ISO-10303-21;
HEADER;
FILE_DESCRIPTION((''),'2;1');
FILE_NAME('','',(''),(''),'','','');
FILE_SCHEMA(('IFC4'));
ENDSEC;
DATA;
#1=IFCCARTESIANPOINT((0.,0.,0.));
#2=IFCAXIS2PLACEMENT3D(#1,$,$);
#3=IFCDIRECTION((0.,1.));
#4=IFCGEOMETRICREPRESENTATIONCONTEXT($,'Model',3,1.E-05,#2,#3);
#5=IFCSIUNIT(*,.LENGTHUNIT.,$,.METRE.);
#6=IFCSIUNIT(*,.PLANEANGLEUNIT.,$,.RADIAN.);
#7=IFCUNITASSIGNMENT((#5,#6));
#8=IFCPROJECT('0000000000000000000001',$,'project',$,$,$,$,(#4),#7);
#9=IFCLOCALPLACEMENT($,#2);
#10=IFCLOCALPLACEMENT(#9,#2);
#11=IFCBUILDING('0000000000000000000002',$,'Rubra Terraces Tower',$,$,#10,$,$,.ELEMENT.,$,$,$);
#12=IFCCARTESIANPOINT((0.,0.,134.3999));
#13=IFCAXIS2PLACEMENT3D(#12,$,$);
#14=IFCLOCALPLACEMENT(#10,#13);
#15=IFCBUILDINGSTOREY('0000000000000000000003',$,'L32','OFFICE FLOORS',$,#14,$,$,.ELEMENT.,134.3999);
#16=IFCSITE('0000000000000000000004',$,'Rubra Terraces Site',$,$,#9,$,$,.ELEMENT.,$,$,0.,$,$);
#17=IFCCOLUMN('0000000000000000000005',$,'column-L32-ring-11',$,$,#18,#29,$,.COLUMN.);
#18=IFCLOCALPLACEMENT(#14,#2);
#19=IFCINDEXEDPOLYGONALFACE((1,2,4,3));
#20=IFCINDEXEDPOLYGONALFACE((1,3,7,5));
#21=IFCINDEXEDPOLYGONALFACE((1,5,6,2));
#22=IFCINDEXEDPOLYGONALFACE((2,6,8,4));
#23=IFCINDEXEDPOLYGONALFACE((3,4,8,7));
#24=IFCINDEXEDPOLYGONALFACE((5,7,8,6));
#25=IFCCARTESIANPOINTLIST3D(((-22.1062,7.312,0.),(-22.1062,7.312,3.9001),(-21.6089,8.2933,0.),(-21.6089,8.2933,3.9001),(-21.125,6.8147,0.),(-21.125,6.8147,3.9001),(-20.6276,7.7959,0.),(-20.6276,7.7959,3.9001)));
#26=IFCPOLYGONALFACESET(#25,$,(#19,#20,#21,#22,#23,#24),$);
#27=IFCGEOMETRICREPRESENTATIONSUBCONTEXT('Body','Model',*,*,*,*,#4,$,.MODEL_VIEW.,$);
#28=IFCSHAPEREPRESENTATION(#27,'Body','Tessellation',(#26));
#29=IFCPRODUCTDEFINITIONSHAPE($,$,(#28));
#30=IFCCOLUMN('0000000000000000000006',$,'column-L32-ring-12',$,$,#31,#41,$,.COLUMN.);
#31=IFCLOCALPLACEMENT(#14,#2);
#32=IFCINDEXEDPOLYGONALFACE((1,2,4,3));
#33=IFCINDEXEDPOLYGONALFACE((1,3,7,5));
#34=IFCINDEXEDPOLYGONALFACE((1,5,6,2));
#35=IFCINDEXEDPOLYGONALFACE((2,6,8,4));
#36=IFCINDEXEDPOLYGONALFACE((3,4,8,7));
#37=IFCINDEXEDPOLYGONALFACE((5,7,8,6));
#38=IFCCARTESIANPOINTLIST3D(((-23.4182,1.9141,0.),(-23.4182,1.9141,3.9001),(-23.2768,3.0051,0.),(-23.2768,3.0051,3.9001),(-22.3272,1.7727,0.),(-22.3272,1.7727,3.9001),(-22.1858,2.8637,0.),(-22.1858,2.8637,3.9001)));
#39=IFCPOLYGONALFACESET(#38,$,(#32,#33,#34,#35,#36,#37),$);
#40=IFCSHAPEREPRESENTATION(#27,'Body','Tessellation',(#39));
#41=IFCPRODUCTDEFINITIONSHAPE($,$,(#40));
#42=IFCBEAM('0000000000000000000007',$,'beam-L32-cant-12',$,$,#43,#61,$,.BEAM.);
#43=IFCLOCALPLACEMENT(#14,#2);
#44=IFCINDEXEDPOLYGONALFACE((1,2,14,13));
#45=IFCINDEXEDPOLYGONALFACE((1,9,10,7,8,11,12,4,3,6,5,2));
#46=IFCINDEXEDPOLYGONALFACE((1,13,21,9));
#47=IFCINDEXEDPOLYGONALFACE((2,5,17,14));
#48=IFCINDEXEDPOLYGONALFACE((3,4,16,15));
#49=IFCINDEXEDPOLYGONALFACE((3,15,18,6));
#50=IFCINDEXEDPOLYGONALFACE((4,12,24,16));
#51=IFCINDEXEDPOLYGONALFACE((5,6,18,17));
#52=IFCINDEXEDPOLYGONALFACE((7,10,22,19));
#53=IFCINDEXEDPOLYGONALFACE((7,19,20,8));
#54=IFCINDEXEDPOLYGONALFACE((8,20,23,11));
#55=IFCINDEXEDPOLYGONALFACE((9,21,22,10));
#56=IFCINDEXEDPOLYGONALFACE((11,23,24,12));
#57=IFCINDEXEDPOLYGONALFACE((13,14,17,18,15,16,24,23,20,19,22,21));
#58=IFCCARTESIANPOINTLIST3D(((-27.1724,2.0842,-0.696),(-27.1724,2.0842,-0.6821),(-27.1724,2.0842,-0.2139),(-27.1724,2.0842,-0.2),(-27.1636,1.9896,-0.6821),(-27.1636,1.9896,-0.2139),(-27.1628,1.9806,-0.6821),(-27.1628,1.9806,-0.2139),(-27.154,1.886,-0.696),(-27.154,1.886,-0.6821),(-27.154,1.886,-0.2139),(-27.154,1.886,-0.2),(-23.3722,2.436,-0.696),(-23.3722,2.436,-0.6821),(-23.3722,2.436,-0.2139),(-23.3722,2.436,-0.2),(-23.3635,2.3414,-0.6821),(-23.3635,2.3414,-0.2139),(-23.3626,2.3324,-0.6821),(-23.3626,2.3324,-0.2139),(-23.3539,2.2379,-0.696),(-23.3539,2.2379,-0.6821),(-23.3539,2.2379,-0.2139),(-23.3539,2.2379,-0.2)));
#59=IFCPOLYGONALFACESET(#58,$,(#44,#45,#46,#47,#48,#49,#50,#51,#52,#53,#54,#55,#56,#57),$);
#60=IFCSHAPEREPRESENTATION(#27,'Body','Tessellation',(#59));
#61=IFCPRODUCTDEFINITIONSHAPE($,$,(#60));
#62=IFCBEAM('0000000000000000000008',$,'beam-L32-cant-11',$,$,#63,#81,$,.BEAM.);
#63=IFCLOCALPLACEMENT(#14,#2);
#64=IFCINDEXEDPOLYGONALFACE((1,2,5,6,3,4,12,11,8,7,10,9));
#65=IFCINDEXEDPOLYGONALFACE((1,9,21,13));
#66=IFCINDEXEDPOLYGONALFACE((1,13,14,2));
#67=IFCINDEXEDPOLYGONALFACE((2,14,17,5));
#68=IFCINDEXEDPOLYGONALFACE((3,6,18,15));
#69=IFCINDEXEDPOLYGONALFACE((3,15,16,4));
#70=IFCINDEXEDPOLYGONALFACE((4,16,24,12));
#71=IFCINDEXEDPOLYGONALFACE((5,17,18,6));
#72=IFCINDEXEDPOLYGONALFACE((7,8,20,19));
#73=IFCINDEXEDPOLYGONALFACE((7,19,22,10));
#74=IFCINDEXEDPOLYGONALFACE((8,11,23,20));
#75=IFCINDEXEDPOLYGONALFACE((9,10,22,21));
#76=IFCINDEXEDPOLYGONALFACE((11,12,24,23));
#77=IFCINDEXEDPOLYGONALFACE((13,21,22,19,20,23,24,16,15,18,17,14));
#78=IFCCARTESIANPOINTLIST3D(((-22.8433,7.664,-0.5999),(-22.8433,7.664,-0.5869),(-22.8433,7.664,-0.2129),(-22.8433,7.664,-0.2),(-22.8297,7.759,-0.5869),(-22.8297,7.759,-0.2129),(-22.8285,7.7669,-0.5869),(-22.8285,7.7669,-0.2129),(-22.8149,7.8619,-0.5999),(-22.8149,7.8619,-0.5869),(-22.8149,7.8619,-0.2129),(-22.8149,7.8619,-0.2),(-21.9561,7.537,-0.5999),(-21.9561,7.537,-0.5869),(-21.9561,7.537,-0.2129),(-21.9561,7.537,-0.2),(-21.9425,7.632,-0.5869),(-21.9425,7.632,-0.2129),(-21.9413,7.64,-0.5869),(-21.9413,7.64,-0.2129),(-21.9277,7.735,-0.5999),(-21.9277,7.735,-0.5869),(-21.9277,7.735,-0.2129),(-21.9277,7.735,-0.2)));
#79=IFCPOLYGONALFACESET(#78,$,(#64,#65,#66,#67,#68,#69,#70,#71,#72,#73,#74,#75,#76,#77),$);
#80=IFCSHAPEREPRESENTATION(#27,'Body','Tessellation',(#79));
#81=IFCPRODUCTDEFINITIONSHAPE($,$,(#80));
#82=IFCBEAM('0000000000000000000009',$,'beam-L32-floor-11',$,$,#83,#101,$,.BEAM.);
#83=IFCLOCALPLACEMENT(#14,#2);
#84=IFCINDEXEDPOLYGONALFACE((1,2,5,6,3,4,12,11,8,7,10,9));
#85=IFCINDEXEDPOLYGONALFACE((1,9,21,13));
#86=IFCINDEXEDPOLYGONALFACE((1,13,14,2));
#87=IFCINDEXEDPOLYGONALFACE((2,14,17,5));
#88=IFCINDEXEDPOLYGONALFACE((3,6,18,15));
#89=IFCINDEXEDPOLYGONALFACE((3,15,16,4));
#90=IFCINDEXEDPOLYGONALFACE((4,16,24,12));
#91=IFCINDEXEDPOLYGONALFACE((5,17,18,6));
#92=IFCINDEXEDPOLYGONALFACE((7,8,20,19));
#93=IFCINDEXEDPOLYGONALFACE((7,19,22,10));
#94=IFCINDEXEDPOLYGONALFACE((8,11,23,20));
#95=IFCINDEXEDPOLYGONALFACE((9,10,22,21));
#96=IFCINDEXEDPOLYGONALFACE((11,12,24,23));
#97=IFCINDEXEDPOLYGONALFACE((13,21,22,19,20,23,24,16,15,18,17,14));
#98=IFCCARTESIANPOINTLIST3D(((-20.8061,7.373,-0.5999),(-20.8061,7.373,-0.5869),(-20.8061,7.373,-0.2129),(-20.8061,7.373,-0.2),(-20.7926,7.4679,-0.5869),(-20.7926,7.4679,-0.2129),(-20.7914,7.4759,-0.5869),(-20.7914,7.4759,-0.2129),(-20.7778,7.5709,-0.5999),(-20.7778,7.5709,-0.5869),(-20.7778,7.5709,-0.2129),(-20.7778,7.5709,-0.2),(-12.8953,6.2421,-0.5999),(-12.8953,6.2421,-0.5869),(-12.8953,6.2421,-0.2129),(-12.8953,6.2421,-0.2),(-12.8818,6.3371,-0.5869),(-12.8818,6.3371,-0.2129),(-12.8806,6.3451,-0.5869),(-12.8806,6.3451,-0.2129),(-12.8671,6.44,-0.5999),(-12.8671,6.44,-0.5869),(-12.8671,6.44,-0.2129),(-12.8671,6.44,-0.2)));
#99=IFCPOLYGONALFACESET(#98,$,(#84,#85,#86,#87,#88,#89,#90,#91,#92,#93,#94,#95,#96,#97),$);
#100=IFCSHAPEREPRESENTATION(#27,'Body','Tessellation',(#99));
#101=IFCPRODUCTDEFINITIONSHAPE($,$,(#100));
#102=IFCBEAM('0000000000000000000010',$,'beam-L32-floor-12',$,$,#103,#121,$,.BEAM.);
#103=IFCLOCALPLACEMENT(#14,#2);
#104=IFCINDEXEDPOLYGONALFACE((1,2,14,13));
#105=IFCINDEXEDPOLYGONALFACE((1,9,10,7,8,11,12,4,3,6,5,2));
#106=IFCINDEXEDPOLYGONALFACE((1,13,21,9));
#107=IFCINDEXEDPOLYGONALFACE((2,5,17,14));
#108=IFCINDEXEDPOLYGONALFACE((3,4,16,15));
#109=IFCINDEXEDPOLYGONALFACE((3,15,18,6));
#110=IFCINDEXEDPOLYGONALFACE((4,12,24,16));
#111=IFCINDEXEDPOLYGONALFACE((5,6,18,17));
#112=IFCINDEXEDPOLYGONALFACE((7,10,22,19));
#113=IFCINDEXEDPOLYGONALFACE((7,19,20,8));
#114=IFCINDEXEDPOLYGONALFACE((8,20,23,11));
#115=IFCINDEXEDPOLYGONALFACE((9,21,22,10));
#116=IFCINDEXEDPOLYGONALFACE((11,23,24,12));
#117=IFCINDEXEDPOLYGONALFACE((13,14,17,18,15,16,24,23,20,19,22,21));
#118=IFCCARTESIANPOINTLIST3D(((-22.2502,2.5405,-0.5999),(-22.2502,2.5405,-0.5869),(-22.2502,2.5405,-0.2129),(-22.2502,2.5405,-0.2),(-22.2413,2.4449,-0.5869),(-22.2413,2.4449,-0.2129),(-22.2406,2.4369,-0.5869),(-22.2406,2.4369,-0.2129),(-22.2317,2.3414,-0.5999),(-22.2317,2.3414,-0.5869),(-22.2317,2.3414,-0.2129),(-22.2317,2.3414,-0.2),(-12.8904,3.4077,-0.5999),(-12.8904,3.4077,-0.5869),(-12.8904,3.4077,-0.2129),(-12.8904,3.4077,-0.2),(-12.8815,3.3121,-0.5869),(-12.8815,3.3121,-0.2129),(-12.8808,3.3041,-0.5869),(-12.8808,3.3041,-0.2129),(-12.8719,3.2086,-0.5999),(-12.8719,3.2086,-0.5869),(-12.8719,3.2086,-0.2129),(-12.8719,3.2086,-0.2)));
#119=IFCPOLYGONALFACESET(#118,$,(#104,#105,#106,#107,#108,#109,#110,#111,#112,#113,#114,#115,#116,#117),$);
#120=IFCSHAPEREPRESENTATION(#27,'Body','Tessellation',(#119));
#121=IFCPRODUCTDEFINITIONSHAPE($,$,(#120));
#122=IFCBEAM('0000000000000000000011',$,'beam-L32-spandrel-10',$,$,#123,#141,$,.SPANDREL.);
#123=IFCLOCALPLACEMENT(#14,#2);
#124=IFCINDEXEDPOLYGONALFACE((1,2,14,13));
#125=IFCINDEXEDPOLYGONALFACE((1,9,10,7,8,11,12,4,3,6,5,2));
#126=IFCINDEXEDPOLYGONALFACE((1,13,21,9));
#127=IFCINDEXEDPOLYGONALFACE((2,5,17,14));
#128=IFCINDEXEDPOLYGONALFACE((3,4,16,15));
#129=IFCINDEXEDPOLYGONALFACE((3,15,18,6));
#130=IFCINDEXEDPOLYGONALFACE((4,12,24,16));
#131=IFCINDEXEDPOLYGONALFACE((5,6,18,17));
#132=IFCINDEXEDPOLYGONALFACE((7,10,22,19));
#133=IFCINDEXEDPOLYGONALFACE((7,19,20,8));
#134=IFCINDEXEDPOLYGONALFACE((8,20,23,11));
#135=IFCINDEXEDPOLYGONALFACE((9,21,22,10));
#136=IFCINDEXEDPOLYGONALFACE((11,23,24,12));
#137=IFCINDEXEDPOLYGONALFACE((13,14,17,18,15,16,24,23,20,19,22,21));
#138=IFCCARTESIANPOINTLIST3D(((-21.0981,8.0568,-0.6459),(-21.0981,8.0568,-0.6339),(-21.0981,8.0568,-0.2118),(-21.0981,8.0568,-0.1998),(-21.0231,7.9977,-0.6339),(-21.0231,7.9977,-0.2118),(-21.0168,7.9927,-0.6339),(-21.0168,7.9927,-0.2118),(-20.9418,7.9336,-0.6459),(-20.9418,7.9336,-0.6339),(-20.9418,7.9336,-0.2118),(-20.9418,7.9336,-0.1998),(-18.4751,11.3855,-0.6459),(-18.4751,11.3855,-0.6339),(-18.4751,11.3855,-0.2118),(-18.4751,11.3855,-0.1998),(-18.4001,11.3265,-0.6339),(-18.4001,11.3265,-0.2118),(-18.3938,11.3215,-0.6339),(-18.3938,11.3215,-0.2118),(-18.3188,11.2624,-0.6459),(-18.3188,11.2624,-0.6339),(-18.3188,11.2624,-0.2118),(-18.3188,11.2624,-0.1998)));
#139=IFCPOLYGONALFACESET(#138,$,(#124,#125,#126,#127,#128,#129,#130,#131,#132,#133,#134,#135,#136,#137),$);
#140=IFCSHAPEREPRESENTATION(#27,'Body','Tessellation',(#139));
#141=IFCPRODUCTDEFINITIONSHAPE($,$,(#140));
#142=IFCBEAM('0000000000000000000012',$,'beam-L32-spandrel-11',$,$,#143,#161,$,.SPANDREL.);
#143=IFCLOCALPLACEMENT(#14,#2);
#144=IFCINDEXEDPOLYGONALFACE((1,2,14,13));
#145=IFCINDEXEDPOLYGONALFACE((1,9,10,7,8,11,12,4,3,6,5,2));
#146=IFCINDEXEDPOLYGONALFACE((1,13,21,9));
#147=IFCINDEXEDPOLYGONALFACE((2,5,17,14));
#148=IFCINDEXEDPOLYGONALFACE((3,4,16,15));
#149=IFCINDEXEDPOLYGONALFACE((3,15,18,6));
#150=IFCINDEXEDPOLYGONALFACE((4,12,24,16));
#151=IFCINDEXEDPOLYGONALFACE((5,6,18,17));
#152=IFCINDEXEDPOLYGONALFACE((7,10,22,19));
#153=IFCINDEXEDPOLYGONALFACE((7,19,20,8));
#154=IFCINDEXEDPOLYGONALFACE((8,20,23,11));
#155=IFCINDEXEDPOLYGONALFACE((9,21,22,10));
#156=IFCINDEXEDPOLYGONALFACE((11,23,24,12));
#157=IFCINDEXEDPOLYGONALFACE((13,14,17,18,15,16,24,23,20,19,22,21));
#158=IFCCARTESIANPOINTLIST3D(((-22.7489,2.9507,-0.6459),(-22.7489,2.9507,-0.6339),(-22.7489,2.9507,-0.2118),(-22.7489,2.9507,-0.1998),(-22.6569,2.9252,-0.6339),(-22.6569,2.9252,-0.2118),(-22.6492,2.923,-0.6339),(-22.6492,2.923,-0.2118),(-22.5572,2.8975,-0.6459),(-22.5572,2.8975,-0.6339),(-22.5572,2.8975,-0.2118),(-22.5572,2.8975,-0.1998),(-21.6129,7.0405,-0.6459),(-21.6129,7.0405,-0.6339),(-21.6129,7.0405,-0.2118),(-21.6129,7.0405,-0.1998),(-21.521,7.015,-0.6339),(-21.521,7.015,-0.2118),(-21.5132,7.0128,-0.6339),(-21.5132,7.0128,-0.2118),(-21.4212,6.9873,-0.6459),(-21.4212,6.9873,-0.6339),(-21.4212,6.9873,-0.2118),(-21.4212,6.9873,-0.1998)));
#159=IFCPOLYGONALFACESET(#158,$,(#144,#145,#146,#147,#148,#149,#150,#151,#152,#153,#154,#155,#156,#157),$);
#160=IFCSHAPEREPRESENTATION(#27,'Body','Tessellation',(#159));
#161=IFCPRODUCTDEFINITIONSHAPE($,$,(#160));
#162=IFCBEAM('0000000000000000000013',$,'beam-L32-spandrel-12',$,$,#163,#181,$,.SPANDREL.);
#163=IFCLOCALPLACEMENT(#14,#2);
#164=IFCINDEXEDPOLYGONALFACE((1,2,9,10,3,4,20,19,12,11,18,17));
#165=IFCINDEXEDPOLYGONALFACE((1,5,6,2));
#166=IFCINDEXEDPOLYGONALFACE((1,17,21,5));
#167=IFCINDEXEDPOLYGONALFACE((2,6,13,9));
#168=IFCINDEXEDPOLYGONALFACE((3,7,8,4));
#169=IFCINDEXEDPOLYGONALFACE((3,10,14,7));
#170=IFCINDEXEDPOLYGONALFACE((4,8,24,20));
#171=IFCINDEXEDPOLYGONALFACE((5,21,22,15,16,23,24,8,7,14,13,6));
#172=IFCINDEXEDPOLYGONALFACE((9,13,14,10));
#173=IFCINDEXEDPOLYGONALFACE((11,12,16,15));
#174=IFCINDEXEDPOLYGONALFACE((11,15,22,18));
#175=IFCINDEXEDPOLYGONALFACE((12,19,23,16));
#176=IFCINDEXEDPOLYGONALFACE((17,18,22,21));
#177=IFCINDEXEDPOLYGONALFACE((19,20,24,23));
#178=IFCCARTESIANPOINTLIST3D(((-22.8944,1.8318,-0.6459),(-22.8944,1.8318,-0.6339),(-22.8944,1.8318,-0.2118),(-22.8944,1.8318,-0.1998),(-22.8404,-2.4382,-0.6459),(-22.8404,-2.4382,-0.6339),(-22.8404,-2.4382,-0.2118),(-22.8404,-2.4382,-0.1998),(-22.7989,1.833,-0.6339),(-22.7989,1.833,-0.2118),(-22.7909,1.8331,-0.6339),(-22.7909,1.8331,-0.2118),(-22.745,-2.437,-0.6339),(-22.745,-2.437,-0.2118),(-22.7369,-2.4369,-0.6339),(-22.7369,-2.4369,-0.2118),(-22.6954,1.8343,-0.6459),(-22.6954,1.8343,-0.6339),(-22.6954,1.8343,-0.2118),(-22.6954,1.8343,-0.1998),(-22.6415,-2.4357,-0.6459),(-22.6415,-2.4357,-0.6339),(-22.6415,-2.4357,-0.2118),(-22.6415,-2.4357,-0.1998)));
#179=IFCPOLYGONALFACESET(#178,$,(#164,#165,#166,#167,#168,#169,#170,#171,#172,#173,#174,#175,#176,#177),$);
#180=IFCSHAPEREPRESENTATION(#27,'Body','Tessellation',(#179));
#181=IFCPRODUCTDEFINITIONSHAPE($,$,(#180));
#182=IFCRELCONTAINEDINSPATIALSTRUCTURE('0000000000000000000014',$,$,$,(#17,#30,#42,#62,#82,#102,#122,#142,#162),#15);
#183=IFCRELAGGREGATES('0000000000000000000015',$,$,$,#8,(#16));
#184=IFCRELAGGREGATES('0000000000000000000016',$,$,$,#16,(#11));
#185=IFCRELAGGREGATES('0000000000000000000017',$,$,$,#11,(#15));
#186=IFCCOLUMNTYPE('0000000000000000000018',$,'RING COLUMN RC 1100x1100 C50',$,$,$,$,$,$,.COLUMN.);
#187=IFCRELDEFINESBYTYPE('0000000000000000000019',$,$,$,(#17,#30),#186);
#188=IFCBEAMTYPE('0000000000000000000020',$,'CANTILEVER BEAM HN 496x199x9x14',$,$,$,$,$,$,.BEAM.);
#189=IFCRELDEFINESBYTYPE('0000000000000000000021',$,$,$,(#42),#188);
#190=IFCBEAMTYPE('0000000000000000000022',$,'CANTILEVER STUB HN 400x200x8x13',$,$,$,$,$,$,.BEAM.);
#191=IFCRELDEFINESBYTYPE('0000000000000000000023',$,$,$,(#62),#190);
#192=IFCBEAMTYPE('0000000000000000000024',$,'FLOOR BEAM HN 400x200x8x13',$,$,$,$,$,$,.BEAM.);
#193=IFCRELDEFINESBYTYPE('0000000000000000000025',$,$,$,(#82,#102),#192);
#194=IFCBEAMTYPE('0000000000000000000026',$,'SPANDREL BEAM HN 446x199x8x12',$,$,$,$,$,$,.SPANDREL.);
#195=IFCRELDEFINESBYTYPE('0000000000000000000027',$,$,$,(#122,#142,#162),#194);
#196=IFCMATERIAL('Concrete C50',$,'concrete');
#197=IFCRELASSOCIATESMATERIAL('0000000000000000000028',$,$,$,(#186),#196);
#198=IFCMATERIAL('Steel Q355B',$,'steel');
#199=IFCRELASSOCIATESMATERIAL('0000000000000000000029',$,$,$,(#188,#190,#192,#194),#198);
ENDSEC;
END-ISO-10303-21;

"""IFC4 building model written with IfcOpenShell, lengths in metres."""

from ifc_helpers import new_model, si_unit, direction, frame, origin, origin_2d, place, context, subcontext, project, spatial, rectangle, i_section, extrude, material, material_profile, profile_set, type_object, element, save


model = new_model("IFC4")

# Units and contexts
model_context = context("Model", 3, precision=1e-05, world=origin(), true_north=direction((0.0, 1.0)))
body_context = subcontext(model_context, "Body", "Model", "MODEL_VIEW")
ifc_project = project(units=[si_unit("LENGTHUNIT", "METRE"), si_unit("PLANEANGLEUNIT", "RADIAN")], contexts=[model_context])

# Site, building, storey
site_placement = place(None, origin())
site = spatial("IfcSite", under=ifc_project, at=site_placement, Name="Rubra Terraces Site", CompositionType="ELEMENT", RefElevation=0.0)
building_placement = place(site_placement, origin())
building = spatial("IfcBuilding", under=site, at=building_placement, Name="Rubra Terraces Tower", CompositionType="ELEMENT")
storey_placement = place(building_placement, frame((0.0, 0.0, 134.3999)))
storey = spatial("IfcBuildingStorey", under=building, at=storey_placement, Name="L32", Description="OFFICE FLOORS", CompositionType="ELEMENT", Elevation=134.3999)

# Columns
ifc_material_1 = material(Name="Concrete C50", Category="concrete")
ifc_material_profile_1 = material_profile(ifc_material_1, rectangle(XDim=1.1001, YDim=1.1001, at=origin_2d()), Name="RC 1100x1100")
ifc_profile_set_1 = profile_set([ifc_material_profile_1], Name="Concrete C50")
column_type = type_object("IfcColumnType", Name="RING COLUMN RC 1100x1100 C50", PredefinedType="COLUMN", material=ifc_profile_set_1)
for number, where, z_axis, x_axis, name in (
    (1, (-21.3669, 7.554, 0.0), (0.0, 0.0, 1.0), (-0.452079, -0.891978, 0.0), "column-L32-ring-11"),
    (2, (-22.802, 2.3889, 0.0), (0.0, 0.0, 1.0), (-0.128535, -0.991705, 0.0), "column-L32-ring-12"),
):
    element("IfcColumn", number, at=place(storey_placement, frame(where, z_axis=z_axis, x_axis=x_axis)), inside=storey, type_object=column_type, Name=name, PredefinedType="COLUMN", context=body_context, shape_type="SweptSolid", body=[
        extrude(rectangle(XDim=1.1001, YDim=1.1001, at=origin_2d()), origin(), (0.0, 0.0, 1.0), 3.9001),
    ])

# Beams
ifc_material_2 = material(Name="Steel Q355B", Category="steel")
ifc_material_profile_2 = material_profile(ifc_material_2, i_section(OverallWidth=0.199, OverallDepth=0.4961, WebThickness=0.009, FlangeThickness=0.0139, at=origin_2d()), Name="HN 496x199x9x14")
ifc_profile_set_2 = profile_set([ifc_material_profile_2], Name="Steel Q355B")
beam_type_1 = type_object("IfcBeamType", Name="CANTILEVER BEAM HN 496x199x9x14", PredefinedType="BEAM", material=ifc_profile_set_2)
beam_1_placement = place(storey_placement, frame((-23.363, 2.3369, -0.448), z_axis=(-0.995742, -0.092185, 0.0), x_axis=(0.092185, -0.995742, 0.0)))
element("IfcBeam", 3, at=beam_1_placement, inside=storey, type_object=beam_type_1, Name="beam-L32-cant-12", PredefinedType="BEAM", context=body_context, shape_type="SweptSolid", body=[
    extrude(i_section(OverallWidth=0.199, OverallDepth=0.4961, WebThickness=0.009, FlangeThickness=0.0139, at=origin_2d()), origin(), (0.0, 0.0, 1.0), 3.8164),
])
ifc_material_profile_3 = material_profile(ifc_material_2, i_section(OverallWidth=0.2, OverallDepth=0.3999, WebThickness=0.0081, FlangeThickness=0.0129, at=origin_2d()), Name="HN 400x200x8x13")
ifc_profile_set_3 = profile_set([ifc_material_profile_3], Name="Steel Q355B")
beam_type_2 = type_object("IfcBeamType", Name="CANTILEVER STUB HN 400x200x8x13", PredefinedType="BEAM", material=ifc_profile_set_3)
beam_2_placement = place(storey_placement, frame((-21.9419, 7.636, -0.3999), z_axis=(-0.989917, 0.14165, 0.0), x_axis=(-0.14165, -0.989917, 0.0)))
element("IfcBeam", 4, at=beam_2_placement, inside=storey, type_object=beam_type_2, Name="beam-L32-cant-11", PredefinedType="BEAM", context=body_context, shape_type="SweptSolid", body=[
    extrude(i_section(OverallWidth=0.2, OverallDepth=0.3999, WebThickness=0.0081, FlangeThickness=0.0129, at=origin_2d()), origin(), (0.0, 0.0, 1.0), 0.8962),
])
ifc_material_profile_4 = material_profile(ifc_material_2, i_section(OverallWidth=0.2, OverallDepth=0.3999, WebThickness=0.0081, FlangeThickness=0.0129, at=origin_2d()), Name="HN 400x200x8x13")
ifc_profile_set_4 = profile_set([ifc_material_profile_4], Name="Steel Q355B")
beam_type_3 = type_object("IfcBeamType", Name="FLOOR BEAM HN 400x200x8x13", PredefinedType="BEAM", material=ifc_profile_set_4)
beam_3_placement = place(storey_placement, frame((-20.792, 7.4719, -0.3999), z_axis=(0.989937, -0.141511, 0.0), x_axis=(0.141511, 0.989937, 0.0)))
element("IfcBeam", 5, at=beam_3_placement, inside=storey, type_object=beam_type_3, Name="beam-L32-floor-11", PredefinedType="BEAM", context=body_context, shape_type="SweptSolid", body=[
    extrude(i_section(OverallWidth=0.2, OverallDepth=0.3999, WebThickness=0.0081, FlangeThickness=0.0129, at=origin_2d()), origin(), (0.0, 0.0, 1.0), 7.9912),
])
beam_4_placement = place(storey_placement, frame((-22.241, 2.4409, -0.3999), z_axis=(0.995735, 0.092254, 0.0), x_axis=(-0.092254, 0.995735, 0.0)))
element("IfcBeam", 6, at=beam_4_placement, inside=storey, type_object=beam_type_3, Name="beam-L32-floor-12", PredefinedType="BEAM", context=body_context, shape_type="SweptSolid", body=[
    extrude(i_section(OverallWidth=0.2, OverallDepth=0.3999, WebThickness=0.0081, FlangeThickness=0.0129, at=origin_2d()), origin(), (0.0, 0.0, 1.0), 9.3999),
])
ifc_material_profile_5 = material_profile(ifc_material_2, i_section(OverallWidth=0.199, OverallDepth=0.446, WebThickness=0.0081, FlangeThickness=0.012, at=origin_2d()), Name="HN 446x199x8x12")
ifc_profile_set_5 = profile_set([ifc_material_profile_5], Name="Steel Q355B")
beam_type_4 = type_object("IfcBeamType", Name="SPANDREL BEAM HN 446x199x8x12", PredefinedType="SPANDREL", material=ifc_profile_set_5)
beam_5_placement = place(storey_placement, frame((-18.397, 11.324, -0.4229), z_axis=(-0.618917, -0.785456, 0.0), x_axis=(0.785456, -0.618917, 0.0)))
element("IfcBeam", 7, at=beam_5_placement, inside=storey, type_object=beam_type_4, Name="beam-L32-spandrel-10", PredefinedType="SPANDREL", context=body_context, shape_type="SweptSolid", body=[
    extrude(i_section(OverallWidth=0.199, OverallDepth=0.446, WebThickness=0.0081, FlangeThickness=0.012, at=origin_2d()), origin(), (0.0, 0.0, 1.0), 4.238),
])
beam_6_placement = place(storey_placement, frame((-21.5171, 7.0139, -0.4229), z_axis=(-0.267626, -0.963523, 0.0), x_axis=(0.963523, -0.267626, 0.0)))
element("IfcBeam", 8, at=beam_6_placement, inside=storey, type_object=beam_type_4, Name="beam-L32-spandrel-11", PredefinedType="SPANDREL", context=body_context, shape_type="SweptSolid", body=[
    extrude(i_section(OverallWidth=0.199, OverallDepth=0.446, WebThickness=0.0081, FlangeThickness=0.012, at=origin_2d()), origin(), (0.0, 0.0, 1.0), 4.2446),
])
beam_7_placement = place(storey_placement, frame((-22.7949, 1.833, -0.4229), z_axis=(0.012635, -0.99992, 0.0), x_axis=(0.99992, 0.012635, 0.0)))
element("IfcBeam", 9, at=beam_7_placement, inside=storey, type_object=beam_type_4, Name="beam-L32-spandrel-12", PredefinedType="SPANDREL", context=body_context, shape_type="SweptSolid", body=[
    extrude(i_section(OverallWidth=0.199, OverallDepth=0.446, WebThickness=0.0081, FlangeThickness=0.012, at=origin_2d()), origin(), (0.0, 0.0, 1.0), 4.2703),
])

save(model, "model.ifc")
